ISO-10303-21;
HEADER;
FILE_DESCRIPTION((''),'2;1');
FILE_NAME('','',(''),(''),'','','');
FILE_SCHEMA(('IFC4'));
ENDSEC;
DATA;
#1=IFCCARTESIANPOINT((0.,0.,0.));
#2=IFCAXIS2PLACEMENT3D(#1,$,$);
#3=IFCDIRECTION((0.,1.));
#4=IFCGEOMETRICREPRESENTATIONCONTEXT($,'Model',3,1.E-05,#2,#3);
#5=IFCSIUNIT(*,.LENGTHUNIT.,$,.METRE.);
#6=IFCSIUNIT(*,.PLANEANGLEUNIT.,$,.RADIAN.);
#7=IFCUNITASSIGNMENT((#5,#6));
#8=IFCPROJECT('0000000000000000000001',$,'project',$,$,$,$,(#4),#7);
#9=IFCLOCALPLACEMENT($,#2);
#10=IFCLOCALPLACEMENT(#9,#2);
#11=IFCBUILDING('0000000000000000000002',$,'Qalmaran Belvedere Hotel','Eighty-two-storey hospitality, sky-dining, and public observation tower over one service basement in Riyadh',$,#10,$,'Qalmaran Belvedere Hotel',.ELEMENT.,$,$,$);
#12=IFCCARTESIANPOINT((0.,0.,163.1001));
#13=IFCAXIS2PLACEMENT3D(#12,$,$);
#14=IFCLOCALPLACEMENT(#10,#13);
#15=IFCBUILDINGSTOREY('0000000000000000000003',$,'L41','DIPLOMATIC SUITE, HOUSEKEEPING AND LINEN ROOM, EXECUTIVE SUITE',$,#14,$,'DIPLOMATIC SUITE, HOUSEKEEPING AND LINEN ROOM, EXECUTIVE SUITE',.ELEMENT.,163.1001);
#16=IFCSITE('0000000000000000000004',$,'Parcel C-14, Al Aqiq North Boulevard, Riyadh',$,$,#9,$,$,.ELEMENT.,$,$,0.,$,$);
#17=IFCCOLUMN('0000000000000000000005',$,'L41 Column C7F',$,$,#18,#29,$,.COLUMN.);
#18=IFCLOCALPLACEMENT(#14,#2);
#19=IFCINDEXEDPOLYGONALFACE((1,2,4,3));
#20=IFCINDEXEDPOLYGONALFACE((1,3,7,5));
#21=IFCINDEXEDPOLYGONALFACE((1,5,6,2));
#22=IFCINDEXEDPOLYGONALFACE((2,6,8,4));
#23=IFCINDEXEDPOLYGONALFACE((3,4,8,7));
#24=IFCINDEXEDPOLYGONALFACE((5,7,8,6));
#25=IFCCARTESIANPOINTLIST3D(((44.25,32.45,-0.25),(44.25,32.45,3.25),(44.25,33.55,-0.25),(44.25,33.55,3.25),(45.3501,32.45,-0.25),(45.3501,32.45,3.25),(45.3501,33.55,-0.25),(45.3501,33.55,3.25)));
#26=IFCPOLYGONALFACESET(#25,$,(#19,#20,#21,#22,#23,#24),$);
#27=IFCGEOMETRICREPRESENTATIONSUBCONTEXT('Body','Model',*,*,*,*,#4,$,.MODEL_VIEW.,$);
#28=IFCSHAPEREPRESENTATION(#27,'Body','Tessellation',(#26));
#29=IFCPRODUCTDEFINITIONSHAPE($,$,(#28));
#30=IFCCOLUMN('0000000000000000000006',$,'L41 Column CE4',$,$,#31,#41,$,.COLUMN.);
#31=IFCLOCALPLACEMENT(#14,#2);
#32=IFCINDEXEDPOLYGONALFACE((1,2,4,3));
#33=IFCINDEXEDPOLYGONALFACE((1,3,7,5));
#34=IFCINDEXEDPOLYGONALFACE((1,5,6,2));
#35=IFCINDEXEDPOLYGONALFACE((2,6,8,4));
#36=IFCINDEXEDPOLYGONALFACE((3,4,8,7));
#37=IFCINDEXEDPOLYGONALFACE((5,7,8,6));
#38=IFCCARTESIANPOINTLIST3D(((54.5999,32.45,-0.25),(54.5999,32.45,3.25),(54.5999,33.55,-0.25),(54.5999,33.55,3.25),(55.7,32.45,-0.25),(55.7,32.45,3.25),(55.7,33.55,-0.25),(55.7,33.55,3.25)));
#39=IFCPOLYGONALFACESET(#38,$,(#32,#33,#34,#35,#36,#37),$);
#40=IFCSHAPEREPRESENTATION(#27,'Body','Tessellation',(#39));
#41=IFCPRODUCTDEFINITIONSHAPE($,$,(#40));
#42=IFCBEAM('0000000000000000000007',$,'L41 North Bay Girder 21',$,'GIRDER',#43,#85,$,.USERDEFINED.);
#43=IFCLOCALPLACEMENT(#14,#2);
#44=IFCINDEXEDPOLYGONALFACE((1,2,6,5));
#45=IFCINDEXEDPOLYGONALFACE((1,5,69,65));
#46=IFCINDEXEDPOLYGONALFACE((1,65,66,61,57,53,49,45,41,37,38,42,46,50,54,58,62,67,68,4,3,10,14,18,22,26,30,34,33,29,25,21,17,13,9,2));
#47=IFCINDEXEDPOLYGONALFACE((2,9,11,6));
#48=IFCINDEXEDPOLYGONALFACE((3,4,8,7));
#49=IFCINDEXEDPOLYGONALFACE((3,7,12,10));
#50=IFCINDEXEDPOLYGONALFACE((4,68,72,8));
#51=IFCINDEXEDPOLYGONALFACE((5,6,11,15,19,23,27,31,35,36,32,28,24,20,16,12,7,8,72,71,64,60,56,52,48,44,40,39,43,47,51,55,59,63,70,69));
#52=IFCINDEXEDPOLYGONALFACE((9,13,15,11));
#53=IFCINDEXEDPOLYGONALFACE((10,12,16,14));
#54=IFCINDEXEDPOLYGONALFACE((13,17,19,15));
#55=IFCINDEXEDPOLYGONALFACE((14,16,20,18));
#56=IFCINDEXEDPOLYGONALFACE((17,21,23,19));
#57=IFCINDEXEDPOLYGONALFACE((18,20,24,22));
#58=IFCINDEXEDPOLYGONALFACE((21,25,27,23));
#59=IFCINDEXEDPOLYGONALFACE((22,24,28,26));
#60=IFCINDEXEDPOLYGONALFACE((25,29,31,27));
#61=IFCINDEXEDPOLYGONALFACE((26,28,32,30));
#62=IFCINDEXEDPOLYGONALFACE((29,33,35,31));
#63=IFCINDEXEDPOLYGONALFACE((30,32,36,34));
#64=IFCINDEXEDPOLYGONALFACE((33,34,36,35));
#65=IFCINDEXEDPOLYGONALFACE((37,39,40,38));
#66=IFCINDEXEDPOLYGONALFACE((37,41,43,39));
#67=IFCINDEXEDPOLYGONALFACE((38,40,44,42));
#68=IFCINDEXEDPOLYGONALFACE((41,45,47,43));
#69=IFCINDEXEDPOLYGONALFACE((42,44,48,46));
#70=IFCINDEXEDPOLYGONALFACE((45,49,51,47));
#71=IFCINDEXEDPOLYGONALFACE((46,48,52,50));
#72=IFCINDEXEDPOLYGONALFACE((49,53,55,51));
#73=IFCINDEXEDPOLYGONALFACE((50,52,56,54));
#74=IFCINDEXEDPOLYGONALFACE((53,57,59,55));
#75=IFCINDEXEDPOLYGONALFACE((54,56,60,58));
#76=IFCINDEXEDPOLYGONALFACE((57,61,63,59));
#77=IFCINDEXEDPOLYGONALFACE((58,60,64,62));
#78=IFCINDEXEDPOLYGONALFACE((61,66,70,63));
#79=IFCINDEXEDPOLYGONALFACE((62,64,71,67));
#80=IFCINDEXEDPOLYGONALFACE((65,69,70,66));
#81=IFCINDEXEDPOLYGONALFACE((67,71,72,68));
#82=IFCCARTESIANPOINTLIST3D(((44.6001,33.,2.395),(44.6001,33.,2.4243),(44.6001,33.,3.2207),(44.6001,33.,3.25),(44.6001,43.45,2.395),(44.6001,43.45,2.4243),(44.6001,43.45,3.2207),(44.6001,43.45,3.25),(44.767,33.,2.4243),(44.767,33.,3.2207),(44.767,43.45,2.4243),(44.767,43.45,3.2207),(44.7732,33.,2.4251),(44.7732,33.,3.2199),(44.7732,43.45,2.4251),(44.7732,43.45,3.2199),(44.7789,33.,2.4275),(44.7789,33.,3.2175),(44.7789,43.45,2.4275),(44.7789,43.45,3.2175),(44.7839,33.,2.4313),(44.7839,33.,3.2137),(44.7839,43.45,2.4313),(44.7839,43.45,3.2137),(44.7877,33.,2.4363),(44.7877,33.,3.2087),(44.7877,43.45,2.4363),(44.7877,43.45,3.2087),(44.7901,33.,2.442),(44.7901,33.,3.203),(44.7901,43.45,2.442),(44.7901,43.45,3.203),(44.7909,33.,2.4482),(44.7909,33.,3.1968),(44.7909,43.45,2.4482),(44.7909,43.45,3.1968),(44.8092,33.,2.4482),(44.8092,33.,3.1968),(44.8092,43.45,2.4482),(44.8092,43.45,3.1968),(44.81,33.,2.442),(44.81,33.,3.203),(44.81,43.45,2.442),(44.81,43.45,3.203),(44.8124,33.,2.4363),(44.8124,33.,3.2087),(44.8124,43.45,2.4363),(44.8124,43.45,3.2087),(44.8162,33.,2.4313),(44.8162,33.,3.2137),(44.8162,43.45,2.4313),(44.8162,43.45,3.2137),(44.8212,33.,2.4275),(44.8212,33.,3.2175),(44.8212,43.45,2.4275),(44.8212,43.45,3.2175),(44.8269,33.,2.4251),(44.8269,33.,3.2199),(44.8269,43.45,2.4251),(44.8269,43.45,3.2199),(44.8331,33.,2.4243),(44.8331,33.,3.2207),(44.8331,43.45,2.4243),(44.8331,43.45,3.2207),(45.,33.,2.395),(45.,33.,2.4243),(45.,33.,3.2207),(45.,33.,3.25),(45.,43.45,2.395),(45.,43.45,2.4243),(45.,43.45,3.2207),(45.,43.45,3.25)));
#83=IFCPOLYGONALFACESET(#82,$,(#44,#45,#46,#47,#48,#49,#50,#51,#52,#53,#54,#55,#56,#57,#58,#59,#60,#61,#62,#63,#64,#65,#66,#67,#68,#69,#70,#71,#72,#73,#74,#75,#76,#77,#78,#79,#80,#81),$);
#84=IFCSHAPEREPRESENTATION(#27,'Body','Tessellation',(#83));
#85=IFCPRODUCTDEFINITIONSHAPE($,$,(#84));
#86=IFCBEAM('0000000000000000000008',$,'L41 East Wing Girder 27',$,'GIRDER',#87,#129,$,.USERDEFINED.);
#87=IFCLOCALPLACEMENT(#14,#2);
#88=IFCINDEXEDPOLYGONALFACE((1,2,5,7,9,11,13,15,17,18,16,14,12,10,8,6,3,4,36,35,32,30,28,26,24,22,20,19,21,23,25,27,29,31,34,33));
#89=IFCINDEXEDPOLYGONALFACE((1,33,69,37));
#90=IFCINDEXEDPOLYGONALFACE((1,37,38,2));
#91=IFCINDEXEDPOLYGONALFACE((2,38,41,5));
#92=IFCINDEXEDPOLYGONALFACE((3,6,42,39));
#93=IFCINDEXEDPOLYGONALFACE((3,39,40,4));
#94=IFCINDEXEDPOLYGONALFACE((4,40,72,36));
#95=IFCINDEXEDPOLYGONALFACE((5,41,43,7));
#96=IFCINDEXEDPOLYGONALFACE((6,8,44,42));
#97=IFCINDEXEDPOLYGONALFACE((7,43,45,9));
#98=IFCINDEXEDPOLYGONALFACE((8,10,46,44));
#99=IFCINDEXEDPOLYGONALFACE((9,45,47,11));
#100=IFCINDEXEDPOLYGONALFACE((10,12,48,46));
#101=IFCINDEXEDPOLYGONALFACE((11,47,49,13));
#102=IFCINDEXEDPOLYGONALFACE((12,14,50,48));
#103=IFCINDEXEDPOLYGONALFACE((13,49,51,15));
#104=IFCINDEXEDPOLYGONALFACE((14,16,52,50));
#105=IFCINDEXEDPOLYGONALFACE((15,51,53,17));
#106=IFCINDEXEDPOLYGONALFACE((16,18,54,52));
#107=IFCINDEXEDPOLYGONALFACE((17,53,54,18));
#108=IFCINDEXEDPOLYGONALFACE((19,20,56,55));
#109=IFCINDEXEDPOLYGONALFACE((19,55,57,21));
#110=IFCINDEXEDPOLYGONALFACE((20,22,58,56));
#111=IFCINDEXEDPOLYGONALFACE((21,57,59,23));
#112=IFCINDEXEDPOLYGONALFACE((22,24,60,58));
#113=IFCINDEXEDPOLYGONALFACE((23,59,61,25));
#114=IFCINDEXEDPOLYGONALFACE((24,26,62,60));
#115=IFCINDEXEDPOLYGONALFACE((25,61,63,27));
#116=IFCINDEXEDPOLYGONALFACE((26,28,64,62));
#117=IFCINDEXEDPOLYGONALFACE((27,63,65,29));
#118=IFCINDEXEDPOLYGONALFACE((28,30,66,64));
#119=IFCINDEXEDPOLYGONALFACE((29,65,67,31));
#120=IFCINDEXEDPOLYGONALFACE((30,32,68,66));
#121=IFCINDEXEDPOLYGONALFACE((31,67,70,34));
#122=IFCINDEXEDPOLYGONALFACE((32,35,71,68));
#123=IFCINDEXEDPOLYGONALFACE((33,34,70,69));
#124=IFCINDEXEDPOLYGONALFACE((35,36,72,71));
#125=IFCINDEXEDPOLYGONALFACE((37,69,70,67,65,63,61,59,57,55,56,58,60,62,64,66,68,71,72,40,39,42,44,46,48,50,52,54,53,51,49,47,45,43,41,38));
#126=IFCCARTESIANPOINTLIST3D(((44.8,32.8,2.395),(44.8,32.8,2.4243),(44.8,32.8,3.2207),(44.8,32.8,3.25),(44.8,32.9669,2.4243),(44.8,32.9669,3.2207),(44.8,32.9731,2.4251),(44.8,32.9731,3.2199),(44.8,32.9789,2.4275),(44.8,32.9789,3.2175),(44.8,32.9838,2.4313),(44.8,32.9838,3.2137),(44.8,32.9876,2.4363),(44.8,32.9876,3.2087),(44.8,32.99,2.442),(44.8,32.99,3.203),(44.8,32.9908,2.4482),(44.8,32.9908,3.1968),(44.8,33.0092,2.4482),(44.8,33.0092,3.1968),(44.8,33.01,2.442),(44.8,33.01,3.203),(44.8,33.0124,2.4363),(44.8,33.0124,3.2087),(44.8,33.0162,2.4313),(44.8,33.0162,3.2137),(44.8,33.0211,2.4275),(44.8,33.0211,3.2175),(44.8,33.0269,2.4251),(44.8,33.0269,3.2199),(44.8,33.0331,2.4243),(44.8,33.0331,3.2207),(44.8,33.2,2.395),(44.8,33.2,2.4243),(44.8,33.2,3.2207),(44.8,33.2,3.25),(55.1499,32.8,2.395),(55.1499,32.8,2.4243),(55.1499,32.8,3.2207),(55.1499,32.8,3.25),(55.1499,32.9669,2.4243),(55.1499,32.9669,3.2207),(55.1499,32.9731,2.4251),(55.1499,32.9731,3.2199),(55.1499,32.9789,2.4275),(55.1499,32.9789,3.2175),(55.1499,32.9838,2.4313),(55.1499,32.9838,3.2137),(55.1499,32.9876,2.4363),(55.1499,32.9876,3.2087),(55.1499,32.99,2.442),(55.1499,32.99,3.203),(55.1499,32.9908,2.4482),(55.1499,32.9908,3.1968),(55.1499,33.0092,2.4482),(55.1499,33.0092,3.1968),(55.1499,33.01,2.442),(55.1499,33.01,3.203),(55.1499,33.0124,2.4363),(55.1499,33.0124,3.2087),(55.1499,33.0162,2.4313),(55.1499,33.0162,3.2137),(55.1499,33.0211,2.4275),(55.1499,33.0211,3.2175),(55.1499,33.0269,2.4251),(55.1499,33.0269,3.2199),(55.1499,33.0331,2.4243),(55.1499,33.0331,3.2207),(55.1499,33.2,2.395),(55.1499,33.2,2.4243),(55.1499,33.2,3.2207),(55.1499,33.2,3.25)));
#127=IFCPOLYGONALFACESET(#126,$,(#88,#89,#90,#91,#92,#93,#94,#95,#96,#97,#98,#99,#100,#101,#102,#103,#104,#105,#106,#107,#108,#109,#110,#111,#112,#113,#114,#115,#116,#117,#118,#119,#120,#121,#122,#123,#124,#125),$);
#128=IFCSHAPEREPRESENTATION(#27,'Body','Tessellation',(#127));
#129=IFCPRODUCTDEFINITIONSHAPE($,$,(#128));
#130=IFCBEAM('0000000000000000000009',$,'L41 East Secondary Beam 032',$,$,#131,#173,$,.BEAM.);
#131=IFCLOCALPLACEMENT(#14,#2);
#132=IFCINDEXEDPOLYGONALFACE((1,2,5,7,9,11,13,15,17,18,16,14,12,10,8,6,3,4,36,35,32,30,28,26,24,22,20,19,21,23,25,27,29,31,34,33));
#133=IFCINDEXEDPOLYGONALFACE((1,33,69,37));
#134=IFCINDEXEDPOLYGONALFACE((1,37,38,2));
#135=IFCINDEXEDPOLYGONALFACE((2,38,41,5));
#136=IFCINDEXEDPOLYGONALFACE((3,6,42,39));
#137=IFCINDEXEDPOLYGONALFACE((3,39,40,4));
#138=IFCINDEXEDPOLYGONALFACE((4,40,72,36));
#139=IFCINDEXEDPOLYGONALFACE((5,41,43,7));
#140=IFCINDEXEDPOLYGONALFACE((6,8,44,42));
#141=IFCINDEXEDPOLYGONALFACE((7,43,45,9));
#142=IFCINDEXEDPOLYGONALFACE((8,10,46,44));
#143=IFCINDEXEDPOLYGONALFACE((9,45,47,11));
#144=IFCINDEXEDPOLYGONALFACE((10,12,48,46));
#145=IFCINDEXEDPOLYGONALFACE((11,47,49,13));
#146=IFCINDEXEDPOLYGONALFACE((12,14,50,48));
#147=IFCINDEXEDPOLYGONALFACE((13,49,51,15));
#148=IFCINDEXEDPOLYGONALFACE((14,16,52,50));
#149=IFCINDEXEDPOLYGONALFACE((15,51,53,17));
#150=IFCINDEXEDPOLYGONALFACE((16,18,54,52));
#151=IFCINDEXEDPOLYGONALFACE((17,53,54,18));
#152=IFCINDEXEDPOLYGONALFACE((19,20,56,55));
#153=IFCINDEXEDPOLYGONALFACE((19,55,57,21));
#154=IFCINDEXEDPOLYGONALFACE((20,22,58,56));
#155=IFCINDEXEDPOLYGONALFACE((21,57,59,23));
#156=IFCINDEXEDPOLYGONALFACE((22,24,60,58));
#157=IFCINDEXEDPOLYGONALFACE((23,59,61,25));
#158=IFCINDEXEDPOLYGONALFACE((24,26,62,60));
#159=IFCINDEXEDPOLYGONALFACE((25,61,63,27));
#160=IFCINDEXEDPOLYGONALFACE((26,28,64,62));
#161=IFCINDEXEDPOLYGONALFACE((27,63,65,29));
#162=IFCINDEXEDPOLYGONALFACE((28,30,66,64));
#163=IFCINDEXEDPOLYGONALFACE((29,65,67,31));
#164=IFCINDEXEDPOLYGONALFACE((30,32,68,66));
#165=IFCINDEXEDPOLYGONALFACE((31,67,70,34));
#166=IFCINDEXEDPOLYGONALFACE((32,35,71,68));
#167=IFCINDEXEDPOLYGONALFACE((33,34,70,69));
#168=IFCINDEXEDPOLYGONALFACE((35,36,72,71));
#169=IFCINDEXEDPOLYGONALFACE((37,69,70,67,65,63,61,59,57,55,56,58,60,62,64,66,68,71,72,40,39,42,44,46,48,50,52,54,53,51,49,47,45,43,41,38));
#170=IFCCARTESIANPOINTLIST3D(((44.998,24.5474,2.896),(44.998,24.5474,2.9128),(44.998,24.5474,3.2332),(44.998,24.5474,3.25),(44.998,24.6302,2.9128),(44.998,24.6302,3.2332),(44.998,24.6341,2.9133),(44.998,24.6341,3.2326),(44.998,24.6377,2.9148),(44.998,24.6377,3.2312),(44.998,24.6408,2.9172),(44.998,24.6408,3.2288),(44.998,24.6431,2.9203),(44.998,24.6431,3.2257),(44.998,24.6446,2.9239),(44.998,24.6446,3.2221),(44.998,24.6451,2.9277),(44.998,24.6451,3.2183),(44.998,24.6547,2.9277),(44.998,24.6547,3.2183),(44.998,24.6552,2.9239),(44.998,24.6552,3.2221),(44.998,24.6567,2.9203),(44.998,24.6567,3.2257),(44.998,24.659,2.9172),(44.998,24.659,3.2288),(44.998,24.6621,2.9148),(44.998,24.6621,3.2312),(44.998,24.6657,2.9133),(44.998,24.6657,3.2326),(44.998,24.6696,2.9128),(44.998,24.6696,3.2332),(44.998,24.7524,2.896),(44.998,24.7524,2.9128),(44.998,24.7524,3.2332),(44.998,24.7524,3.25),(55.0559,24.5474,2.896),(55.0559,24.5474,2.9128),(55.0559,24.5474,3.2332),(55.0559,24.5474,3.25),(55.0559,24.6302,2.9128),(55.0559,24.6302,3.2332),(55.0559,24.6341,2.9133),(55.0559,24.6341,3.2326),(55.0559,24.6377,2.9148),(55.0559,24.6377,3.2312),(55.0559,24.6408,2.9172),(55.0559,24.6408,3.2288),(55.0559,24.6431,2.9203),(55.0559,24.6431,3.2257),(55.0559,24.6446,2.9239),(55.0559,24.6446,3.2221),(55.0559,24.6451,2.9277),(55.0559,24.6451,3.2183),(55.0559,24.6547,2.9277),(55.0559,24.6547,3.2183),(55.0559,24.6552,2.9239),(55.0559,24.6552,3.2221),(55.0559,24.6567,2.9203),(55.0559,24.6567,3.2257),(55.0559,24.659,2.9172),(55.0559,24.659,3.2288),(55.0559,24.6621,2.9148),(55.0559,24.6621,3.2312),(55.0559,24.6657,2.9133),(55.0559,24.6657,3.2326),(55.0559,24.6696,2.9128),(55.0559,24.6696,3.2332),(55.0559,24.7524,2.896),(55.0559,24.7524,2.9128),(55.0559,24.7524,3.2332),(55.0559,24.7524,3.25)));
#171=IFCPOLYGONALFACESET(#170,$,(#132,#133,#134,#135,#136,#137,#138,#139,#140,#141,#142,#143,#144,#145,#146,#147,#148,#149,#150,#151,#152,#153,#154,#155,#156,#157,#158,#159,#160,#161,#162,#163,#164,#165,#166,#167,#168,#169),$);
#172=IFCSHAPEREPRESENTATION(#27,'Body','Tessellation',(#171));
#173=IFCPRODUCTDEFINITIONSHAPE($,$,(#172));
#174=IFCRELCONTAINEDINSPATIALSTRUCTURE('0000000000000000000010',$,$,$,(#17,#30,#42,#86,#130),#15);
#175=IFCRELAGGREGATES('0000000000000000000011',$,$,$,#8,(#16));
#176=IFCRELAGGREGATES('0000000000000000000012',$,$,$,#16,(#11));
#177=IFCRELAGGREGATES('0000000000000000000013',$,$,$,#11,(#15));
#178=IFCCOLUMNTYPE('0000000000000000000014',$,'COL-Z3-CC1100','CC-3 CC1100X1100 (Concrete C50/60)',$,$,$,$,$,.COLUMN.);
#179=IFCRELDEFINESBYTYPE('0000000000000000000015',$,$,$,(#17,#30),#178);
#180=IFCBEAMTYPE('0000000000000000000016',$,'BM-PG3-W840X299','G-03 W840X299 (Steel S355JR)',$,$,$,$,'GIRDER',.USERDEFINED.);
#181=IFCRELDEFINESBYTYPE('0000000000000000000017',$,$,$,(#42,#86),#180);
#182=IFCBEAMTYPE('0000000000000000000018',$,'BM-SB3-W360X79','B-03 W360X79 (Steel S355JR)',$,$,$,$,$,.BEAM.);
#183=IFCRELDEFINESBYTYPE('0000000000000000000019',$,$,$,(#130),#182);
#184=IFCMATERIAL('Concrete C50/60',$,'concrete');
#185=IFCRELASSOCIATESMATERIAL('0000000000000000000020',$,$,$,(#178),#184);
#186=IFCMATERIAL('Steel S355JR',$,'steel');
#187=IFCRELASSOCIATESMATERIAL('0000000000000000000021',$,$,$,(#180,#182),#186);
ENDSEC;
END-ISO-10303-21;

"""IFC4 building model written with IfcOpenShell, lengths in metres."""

from ifc_helpers import new_model, si_unit, direction, frame, origin, origin_2d, place, context, subcontext, project, spatial, rectangle, i_section, extrude, material, material_profile, profile_set, type_object, element, save


model = new_model("IFC4")

# Units and contexts
model_context = context("Model", 3, precision=1e-05, world=origin(), true_north=direction((0.0, 1.0)))
body_context = subcontext(model_context, "Body", "Model", "MODEL_VIEW")
ifc_project = project(units=[si_unit("LENGTHUNIT", "METRE"), si_unit("PLANEANGLEUNIT", "RADIAN")], contexts=[model_context])

# Site, building, storey
site_placement = place(None, origin())
site = spatial("IfcSite", under=ifc_project, at=site_placement, Name="Parcel C-14, Al Aqiq North Boulevard, Riyadh", CompositionType="ELEMENT", RefElevation=0.0)
building_placement = place(site_placement, origin())
building = spatial("IfcBuilding", under=site, at=building_placement, Name="Qalmaran Belvedere Hotel", Description="Eighty-two-storey hospitality, sky-dining, and public observation tower over one service basement in Riyadh", LongName="Qalmaran Belvedere Hotel", CompositionType="ELEMENT")
storey_placement = place(building_placement, frame((0.0, 0.0, 163.1001)))
storey = spatial("IfcBuildingStorey", under=building, at=storey_placement, Name="L41", Description="DIPLOMATIC SUITE, HOUSEKEEPING AND LINEN ROOM, EXECUTIVE SUITE", LongName="DIPLOMATIC SUITE, HOUSEKEEPING AND LINEN ROOM, EXECUTIVE SUITE", CompositionType="ELEMENT", Elevation=163.1001)

# Columns
ifc_material_1 = material(Name="Concrete C50/60", Category="concrete")
ifc_material_profile_1 = material_profile(ifc_material_1, rectangle(XDim=1.1001, YDim=1.1001, at=origin_2d()), Name="CC1100X1100")
ifc_profile_set_1 = profile_set([ifc_material_profile_1], Name="Concrete C50/60")
column_type = type_object("IfcColumnType", Name="COL-Z3-CC1100", Description="CC-3 CC1100X1100 (Concrete C50/60)", PredefinedType="COLUMN", material=ifc_profile_set_1)
for number, where, z_axis, x_axis, name in (
    (1, (44.8, 33.0, -0.25), (0.0, 0.0, 1.0), (1.0, 0.0, 0.0), "L41 Column C7F"),
    (2, (55.1499, 33.0, -0.25), (0.0, 0.0, 1.0), (1.0, 0.0, 0.0), "L41 Column CE4"),
):
    element("IfcColumn", number, at=place(storey_placement, frame(where, z_axis=z_axis, x_axis=x_axis)), inside=storey, type_object=column_type, Name=name, PredefinedType="COLUMN", context=body_context, shape_type="SweptSolid", body=[
        extrude(rectangle(XDim=1.1001, YDim=1.1001, at=origin_2d()), origin(), (0.0, 0.0, 1.0), 3.5),
    ])

# Beams
ifc_material_2 = material(Name="Steel S355JR", Category="steel")
ifc_material_profile_2 = material_profile(ifc_material_2, i_section(OverallWidth=0.3999, OverallDepth=0.855, WebThickness=0.0183, FlangeThickness=0.0293, FilletRadius=0.0239, at=origin_2d()), Name="W840X299")
ifc_profile_set_2 = profile_set([ifc_material_profile_2], Name="Steel S355JR")
beam_type_1 = type_object("IfcBeamType", Name="BM-PG3-W840X299", Description="G-03 W840X299 (Steel S355JR)", ElementType="GIRDER", PredefinedType="USERDEFINED", material=ifc_profile_set_2)
beam_1_placement = place(storey_placement, frame((44.8, 33.0, 2.8225), z_axis=(0.0, 1.0, 0.0), x_axis=(-1.0, 0.0, 0.0)))
element("IfcBeam", 3, at=beam_1_placement, inside=storey, type_object=beam_type_1, Name="L41 North Bay Girder 21", ObjectType="GIRDER", PredefinedType="USERDEFINED", context=body_context, shape_type="SweptSolid", body=[
    extrude(i_section(OverallWidth=0.3999, OverallDepth=0.855, WebThickness=0.0183, FlangeThickness=0.0293, FilletRadius=0.0239, at=origin_2d()), origin(), (0.0, 0.0, 1.0), 10.45),
])
beam_2_placement = place(storey_placement, frame((44.8, 33.0, 2.8225), z_axis=(1.0, 0.0, 0.0), x_axis=(0.0, 1.0, 0.0)))
element("IfcBeam", 4, at=beam_2_placement, inside=storey, type_object=beam_type_1, Name="L41 East Wing Girder 27", ObjectType="GIRDER", PredefinedType="USERDEFINED", context=body_context, shape_type="SweptSolid", body=[
    extrude(i_section(OverallWidth=0.3999, OverallDepth=0.855, WebThickness=0.0183, FlangeThickness=0.0293, FilletRadius=0.0239, at=origin_2d()), origin(), (0.0, 0.0, 1.0), 10.3499),
])
ifc_material_profile_3 = material_profile(ifc_material_2, i_section(OverallWidth=0.2051, OverallDepth=0.354, WebThickness=0.0095, FlangeThickness=0.0168, FilletRadius=0.0149, at=origin_2d()), Name="W360X79")
ifc_profile_set_3 = profile_set([ifc_material_profile_3], Name="Steel S355JR")
beam_type_2 = type_object("IfcBeamType", Name="BM-SB3-W360X79", Description="B-03 W360X79 (Steel S355JR)", PredefinedType="BEAM", material=ifc_profile_set_3)
for number, where, z_axis, x_axis, name in (
    (5, (44.998, 24.6499, 3.073), (1.0, 0.0, 0.0), (0.0, 1.0, 0.0), "L41 East Secondary Beam 032"),
):
    element("IfcBeam", number, at=place(storey_placement, frame(where, z_axis=z_axis, x_axis=x_axis)), inside=storey, type_object=beam_type_2, Name=name, PredefinedType="BEAM", context=body_context, shape_type="SweptSolid", body=[
        extrude(i_section(OverallWidth=0.2051, OverallDepth=0.354, WebThickness=0.0095, FlangeThickness=0.0168, FilletRadius=0.0149, at=origin_2d()), origin(), (0.0, 0.0, 1.0), 10.0579),
    ])

save(model, "model.ifc")
